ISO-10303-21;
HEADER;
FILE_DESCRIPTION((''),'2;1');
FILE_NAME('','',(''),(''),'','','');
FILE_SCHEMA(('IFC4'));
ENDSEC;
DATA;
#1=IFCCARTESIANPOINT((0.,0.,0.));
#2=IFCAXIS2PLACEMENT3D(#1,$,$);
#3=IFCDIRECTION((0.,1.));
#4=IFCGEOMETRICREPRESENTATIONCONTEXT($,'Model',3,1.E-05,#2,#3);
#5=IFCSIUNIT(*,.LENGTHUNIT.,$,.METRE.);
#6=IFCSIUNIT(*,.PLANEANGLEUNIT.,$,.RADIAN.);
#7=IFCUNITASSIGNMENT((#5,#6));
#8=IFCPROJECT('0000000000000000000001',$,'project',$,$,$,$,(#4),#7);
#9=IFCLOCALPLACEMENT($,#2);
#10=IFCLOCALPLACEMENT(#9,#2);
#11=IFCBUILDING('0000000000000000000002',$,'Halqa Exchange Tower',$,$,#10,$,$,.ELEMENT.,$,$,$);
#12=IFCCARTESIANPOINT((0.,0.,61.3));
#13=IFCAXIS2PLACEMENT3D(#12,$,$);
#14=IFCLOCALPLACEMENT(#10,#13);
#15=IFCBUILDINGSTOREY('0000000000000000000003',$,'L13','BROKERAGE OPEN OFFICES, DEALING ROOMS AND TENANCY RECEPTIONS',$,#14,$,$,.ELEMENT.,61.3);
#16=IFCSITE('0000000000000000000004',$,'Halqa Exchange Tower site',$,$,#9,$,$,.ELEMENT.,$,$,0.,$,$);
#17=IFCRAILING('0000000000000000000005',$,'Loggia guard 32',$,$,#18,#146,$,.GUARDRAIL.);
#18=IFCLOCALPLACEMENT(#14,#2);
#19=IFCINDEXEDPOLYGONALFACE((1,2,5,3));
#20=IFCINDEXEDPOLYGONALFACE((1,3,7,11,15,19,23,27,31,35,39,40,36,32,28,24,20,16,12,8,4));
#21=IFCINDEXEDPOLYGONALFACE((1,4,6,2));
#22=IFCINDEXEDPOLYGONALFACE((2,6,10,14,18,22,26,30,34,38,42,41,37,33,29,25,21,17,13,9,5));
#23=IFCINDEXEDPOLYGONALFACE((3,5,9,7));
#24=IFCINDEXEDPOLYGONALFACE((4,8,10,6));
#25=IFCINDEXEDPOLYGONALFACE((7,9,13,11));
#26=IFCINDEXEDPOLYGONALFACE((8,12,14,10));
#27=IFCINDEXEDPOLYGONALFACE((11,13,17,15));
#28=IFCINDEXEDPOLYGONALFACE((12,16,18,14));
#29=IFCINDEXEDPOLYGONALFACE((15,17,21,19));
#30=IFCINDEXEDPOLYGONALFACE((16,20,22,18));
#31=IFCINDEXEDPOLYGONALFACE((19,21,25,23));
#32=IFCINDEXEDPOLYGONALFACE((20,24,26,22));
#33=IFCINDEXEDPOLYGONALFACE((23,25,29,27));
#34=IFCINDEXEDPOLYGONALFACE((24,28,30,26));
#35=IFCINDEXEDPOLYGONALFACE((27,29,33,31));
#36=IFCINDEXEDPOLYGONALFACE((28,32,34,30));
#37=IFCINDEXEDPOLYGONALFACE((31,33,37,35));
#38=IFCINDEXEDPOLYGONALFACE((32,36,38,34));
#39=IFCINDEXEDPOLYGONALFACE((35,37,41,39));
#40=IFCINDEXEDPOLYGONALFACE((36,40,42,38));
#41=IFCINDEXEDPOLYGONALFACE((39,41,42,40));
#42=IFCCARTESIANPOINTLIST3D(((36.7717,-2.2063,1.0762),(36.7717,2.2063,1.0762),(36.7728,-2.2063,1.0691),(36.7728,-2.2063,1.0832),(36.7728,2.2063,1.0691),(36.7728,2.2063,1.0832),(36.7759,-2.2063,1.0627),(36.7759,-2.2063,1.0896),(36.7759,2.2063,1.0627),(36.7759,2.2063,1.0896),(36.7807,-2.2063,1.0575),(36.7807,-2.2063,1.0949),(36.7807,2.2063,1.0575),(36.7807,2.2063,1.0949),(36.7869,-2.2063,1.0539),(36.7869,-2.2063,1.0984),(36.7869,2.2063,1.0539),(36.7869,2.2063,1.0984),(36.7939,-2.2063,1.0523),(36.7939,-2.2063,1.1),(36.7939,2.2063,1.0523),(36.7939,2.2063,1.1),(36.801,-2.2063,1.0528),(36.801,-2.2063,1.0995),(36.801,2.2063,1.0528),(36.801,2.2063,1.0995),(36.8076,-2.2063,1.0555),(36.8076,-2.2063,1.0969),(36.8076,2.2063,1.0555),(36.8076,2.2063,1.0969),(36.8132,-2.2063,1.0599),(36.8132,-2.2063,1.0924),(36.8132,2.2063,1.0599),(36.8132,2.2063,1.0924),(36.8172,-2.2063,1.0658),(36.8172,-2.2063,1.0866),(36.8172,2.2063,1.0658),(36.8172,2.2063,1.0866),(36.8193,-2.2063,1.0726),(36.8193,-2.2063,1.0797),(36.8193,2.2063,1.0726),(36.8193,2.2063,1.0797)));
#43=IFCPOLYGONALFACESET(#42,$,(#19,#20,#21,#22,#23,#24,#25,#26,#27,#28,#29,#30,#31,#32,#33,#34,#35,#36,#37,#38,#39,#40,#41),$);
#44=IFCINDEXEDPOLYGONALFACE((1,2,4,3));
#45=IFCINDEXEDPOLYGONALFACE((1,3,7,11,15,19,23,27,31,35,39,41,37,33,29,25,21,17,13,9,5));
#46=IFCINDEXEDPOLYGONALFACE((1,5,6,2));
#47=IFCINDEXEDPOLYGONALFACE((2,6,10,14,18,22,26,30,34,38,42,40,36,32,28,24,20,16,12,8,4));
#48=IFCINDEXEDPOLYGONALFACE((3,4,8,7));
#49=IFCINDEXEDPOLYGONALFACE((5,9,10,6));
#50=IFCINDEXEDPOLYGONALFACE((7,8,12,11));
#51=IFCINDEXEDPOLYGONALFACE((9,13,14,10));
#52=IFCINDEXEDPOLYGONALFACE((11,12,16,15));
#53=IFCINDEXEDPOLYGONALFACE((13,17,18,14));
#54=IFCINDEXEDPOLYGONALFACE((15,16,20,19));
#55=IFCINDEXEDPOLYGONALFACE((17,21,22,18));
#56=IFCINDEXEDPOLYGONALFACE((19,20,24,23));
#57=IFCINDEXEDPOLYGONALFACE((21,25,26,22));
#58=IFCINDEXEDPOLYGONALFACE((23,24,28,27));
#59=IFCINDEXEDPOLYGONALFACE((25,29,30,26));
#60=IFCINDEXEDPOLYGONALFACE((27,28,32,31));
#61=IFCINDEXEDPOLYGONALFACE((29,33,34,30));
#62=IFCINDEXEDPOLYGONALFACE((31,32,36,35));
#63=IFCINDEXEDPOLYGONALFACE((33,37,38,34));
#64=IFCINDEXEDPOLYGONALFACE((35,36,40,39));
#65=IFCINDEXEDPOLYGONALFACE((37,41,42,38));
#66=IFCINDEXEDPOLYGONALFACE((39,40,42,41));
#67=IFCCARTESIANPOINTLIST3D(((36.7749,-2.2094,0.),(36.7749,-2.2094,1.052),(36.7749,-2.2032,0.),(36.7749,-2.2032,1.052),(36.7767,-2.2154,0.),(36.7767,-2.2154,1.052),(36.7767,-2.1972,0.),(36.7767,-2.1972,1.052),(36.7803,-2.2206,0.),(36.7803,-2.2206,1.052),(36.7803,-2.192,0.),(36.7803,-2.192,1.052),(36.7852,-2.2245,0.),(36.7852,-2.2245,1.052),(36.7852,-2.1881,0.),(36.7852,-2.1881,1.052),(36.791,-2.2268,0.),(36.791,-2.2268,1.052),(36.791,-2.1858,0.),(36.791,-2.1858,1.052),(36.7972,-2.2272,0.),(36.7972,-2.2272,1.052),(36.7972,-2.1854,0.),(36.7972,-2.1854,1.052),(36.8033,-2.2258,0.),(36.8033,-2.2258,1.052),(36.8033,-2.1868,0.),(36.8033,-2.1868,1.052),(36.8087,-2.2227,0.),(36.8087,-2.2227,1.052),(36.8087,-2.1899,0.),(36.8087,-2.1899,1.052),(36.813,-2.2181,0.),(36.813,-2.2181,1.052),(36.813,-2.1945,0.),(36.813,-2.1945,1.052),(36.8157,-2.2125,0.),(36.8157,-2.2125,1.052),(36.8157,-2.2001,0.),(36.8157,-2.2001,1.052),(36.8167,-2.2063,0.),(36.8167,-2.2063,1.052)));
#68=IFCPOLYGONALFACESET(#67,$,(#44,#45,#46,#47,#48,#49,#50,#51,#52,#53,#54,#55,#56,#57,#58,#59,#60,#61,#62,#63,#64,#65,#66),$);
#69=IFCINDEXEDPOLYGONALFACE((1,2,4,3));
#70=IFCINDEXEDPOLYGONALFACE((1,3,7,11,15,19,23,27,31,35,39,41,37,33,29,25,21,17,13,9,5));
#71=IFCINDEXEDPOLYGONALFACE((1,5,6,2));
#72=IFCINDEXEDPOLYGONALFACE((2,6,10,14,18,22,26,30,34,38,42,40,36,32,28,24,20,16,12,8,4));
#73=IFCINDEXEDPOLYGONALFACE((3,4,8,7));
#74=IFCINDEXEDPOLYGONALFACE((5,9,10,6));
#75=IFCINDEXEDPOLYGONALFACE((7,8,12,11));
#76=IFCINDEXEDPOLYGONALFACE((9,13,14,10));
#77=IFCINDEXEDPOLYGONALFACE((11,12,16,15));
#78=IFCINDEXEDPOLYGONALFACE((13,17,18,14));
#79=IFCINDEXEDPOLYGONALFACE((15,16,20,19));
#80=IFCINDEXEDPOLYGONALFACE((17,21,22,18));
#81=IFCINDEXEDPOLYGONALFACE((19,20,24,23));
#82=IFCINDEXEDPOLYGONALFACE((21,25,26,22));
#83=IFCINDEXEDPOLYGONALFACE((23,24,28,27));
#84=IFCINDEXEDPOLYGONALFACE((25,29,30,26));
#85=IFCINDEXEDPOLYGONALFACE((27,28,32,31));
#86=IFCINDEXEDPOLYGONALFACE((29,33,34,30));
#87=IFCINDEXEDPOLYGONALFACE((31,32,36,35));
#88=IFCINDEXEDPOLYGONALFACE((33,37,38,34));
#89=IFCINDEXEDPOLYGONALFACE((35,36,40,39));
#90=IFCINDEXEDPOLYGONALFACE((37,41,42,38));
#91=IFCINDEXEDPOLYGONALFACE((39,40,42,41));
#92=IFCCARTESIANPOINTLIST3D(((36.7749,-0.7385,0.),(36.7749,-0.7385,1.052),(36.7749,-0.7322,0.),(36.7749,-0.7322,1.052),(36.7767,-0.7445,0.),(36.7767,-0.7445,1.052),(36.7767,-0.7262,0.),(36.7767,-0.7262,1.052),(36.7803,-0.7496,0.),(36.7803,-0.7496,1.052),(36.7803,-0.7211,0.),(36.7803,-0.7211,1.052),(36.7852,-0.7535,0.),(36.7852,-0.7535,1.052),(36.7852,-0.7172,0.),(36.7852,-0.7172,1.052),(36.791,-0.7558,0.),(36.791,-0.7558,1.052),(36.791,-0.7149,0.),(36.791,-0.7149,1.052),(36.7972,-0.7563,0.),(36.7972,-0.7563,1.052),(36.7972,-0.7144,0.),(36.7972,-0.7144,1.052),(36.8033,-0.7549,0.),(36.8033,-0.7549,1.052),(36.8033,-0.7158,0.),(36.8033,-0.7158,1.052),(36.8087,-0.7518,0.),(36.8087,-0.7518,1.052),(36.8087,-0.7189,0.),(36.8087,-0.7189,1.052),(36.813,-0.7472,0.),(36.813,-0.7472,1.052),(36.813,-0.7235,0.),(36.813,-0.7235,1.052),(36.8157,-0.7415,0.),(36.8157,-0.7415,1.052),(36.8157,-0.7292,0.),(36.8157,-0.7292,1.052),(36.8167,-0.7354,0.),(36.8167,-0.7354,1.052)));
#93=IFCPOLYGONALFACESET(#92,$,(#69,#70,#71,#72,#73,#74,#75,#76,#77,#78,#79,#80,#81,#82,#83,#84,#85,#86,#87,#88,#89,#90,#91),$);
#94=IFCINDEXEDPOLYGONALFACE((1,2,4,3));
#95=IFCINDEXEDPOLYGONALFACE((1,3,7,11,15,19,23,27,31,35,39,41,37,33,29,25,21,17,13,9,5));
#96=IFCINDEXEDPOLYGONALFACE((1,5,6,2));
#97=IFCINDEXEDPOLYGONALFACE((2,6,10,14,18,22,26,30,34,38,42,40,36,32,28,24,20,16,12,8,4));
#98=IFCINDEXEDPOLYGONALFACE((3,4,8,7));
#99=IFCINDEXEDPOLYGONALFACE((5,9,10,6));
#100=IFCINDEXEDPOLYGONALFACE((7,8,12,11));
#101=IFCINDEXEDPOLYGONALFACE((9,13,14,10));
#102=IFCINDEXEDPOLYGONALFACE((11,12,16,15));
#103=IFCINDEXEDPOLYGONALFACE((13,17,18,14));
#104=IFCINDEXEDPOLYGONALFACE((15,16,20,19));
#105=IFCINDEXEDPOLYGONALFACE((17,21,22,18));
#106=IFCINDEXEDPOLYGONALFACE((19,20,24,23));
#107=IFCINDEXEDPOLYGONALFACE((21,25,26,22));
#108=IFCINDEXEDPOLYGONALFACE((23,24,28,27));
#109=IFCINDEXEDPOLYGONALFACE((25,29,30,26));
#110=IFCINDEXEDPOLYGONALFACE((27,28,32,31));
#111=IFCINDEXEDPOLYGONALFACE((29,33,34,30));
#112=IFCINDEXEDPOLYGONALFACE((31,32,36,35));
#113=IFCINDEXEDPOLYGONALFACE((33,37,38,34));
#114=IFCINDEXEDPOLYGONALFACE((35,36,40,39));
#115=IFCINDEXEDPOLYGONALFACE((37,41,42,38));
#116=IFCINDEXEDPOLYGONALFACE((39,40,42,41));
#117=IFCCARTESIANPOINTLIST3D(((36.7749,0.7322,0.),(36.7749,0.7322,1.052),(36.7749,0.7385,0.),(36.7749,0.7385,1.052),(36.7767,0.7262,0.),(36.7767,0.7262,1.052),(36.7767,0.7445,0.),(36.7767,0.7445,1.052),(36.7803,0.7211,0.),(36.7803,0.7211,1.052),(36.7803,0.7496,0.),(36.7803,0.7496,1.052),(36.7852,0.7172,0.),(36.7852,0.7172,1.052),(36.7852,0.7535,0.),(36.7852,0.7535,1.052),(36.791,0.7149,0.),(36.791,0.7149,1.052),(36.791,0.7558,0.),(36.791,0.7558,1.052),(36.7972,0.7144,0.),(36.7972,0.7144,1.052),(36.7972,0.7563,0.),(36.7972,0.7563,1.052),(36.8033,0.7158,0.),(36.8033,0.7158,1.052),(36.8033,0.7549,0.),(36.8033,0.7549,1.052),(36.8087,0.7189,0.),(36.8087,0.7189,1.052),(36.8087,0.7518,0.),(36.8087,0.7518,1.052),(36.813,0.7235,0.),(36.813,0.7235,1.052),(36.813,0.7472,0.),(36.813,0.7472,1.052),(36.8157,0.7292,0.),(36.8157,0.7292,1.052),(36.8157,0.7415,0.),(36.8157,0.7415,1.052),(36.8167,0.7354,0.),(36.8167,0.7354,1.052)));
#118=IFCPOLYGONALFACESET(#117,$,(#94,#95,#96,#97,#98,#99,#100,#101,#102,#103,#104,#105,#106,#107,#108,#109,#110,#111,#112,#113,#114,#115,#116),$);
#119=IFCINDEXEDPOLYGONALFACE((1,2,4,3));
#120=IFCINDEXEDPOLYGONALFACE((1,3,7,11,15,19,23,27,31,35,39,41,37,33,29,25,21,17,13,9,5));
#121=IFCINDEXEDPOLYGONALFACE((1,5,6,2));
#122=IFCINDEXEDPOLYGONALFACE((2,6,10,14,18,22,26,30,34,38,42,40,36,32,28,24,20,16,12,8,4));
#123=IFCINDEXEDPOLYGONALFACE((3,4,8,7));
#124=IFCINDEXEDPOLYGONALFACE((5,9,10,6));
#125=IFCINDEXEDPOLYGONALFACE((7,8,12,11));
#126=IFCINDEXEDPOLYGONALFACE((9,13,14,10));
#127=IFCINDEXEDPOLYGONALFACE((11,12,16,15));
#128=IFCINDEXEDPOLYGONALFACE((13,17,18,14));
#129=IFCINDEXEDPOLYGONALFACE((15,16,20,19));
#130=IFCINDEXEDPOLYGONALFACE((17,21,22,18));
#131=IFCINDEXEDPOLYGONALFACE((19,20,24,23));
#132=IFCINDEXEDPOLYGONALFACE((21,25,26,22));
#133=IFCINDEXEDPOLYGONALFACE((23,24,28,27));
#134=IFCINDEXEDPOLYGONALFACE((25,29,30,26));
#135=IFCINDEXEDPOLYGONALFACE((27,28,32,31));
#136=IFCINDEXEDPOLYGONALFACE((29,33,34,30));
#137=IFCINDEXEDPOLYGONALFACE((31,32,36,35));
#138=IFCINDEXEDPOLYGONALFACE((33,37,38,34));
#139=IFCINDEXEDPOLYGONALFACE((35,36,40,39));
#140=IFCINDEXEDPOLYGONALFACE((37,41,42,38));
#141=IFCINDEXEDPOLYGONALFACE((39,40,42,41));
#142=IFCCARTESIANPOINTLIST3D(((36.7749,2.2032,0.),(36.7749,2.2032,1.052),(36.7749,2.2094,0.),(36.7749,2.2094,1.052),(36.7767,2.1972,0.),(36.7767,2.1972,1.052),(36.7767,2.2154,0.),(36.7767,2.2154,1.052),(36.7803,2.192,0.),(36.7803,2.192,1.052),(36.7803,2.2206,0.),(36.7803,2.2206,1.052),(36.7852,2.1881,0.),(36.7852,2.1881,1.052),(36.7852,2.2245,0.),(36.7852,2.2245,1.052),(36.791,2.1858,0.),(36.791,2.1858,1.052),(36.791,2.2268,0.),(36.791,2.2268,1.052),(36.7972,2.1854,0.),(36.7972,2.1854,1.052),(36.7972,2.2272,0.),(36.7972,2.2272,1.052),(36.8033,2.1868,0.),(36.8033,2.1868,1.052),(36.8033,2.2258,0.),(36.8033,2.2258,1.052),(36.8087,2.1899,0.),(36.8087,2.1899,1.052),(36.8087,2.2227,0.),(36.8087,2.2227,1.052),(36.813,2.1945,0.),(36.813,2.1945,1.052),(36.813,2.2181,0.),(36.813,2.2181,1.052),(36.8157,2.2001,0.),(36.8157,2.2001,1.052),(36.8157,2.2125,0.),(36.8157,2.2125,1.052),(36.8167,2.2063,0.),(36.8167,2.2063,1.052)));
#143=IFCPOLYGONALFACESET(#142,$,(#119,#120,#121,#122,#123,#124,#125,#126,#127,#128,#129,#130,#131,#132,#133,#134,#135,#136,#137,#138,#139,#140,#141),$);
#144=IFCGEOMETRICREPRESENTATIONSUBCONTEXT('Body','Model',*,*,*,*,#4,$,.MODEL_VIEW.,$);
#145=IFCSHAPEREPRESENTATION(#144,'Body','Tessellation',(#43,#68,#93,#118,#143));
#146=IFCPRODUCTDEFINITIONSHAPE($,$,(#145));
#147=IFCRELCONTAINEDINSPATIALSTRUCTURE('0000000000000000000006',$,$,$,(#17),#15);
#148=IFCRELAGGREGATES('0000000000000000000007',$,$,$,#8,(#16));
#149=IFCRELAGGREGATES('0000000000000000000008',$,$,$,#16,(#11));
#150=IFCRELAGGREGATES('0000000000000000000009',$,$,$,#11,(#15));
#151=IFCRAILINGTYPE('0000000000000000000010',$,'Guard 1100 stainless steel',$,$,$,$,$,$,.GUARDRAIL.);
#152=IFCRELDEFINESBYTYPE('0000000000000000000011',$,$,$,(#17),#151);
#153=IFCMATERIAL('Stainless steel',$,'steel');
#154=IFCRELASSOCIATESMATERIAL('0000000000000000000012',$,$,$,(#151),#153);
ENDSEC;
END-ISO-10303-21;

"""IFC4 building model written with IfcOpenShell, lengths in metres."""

from ifc_helpers import new_model, si_unit, direction, frame, origin, origin_2d, place, context, subcontext, project, spatial, circle, extrude, material, type_object, element, save


model = new_model("IFC4")

# Units and contexts
model_context = context("Model", 3, precision=1e-05, world=origin(), true_north=direction((0.0, 1.0)))
body_context = subcontext(model_context, "Body", "Model", "MODEL_VIEW")
ifc_project = project(units=[si_unit("LENGTHUNIT", "METRE"), si_unit("PLANEANGLEUNIT", "RADIAN")], contexts=[model_context])

# Site, building, storey
site_placement = place(None, origin())
site = spatial("IfcSite", under=ifc_project, at=site_placement, Name="Halqa Exchange Tower site", CompositionType="ELEMENT", RefElevation=0.0)
building_placement = place(site_placement, origin())
building = spatial("IfcBuilding", under=site, at=building_placement, Name="Halqa Exchange Tower", CompositionType="ELEMENT")
storey_placement = place(building_placement, frame((0.0, 0.0, 61.3)))
storey = spatial("IfcBuildingStorey", under=building, at=storey_placement, Name="L13", Description="BROKERAGE OPEN OFFICES, DEALING ROOMS AND TENANCY RECEPTIONS", CompositionType="ELEMENT", Elevation=61.3)

# Railing
ifc_material_1 = material(Name="Stainless steel", Category="steel")
railing_type = type_object("IfcRailingType", Name="Guard 1100 stainless steel", PredefinedType="GUARDRAIL", material=ifc_material_1)
railing_1_placement = place(storey_placement, frame((36.7957, -2.2063, 0.0)))
element("IfcRailing", 1, at=railing_1_placement, inside=storey, type_object=railing_type, Name="Loggia guard 32", PredefinedType="GUARDRAIL", context=body_context, shape_type="SweptSolid", body=[
    extrude(circle(Radius=0.0239, at=origin_2d()), frame((0.0, 0.0, 1.0762), z_axis=(0.0, 1.0, 0.0), x_axis=(-1.0, 0.0, 0.0)), (0.0, 0.0, 1.0), 4.4126),
    extrude(circle(Radius=0.021, at=origin_2d()), origin(), (0.0, 0.0, 1.0), 1.052),
    extrude(circle(Radius=0.021, at=origin_2d()), frame((0.0, 1.4709, 0.0)), (0.0, 0.0, 1.0), 1.052),
    extrude(circle(Radius=0.021, at=origin_2d()), frame((0.0, 2.9417, 0.0)), (0.0, 0.0, 1.0), 1.052),
    extrude(circle(Radius=0.021, at=origin_2d()), frame((0.0, 4.4126, 0.0)), (0.0, 0.0, 1.0), 1.052),
])

save(model, "model.ifc")
